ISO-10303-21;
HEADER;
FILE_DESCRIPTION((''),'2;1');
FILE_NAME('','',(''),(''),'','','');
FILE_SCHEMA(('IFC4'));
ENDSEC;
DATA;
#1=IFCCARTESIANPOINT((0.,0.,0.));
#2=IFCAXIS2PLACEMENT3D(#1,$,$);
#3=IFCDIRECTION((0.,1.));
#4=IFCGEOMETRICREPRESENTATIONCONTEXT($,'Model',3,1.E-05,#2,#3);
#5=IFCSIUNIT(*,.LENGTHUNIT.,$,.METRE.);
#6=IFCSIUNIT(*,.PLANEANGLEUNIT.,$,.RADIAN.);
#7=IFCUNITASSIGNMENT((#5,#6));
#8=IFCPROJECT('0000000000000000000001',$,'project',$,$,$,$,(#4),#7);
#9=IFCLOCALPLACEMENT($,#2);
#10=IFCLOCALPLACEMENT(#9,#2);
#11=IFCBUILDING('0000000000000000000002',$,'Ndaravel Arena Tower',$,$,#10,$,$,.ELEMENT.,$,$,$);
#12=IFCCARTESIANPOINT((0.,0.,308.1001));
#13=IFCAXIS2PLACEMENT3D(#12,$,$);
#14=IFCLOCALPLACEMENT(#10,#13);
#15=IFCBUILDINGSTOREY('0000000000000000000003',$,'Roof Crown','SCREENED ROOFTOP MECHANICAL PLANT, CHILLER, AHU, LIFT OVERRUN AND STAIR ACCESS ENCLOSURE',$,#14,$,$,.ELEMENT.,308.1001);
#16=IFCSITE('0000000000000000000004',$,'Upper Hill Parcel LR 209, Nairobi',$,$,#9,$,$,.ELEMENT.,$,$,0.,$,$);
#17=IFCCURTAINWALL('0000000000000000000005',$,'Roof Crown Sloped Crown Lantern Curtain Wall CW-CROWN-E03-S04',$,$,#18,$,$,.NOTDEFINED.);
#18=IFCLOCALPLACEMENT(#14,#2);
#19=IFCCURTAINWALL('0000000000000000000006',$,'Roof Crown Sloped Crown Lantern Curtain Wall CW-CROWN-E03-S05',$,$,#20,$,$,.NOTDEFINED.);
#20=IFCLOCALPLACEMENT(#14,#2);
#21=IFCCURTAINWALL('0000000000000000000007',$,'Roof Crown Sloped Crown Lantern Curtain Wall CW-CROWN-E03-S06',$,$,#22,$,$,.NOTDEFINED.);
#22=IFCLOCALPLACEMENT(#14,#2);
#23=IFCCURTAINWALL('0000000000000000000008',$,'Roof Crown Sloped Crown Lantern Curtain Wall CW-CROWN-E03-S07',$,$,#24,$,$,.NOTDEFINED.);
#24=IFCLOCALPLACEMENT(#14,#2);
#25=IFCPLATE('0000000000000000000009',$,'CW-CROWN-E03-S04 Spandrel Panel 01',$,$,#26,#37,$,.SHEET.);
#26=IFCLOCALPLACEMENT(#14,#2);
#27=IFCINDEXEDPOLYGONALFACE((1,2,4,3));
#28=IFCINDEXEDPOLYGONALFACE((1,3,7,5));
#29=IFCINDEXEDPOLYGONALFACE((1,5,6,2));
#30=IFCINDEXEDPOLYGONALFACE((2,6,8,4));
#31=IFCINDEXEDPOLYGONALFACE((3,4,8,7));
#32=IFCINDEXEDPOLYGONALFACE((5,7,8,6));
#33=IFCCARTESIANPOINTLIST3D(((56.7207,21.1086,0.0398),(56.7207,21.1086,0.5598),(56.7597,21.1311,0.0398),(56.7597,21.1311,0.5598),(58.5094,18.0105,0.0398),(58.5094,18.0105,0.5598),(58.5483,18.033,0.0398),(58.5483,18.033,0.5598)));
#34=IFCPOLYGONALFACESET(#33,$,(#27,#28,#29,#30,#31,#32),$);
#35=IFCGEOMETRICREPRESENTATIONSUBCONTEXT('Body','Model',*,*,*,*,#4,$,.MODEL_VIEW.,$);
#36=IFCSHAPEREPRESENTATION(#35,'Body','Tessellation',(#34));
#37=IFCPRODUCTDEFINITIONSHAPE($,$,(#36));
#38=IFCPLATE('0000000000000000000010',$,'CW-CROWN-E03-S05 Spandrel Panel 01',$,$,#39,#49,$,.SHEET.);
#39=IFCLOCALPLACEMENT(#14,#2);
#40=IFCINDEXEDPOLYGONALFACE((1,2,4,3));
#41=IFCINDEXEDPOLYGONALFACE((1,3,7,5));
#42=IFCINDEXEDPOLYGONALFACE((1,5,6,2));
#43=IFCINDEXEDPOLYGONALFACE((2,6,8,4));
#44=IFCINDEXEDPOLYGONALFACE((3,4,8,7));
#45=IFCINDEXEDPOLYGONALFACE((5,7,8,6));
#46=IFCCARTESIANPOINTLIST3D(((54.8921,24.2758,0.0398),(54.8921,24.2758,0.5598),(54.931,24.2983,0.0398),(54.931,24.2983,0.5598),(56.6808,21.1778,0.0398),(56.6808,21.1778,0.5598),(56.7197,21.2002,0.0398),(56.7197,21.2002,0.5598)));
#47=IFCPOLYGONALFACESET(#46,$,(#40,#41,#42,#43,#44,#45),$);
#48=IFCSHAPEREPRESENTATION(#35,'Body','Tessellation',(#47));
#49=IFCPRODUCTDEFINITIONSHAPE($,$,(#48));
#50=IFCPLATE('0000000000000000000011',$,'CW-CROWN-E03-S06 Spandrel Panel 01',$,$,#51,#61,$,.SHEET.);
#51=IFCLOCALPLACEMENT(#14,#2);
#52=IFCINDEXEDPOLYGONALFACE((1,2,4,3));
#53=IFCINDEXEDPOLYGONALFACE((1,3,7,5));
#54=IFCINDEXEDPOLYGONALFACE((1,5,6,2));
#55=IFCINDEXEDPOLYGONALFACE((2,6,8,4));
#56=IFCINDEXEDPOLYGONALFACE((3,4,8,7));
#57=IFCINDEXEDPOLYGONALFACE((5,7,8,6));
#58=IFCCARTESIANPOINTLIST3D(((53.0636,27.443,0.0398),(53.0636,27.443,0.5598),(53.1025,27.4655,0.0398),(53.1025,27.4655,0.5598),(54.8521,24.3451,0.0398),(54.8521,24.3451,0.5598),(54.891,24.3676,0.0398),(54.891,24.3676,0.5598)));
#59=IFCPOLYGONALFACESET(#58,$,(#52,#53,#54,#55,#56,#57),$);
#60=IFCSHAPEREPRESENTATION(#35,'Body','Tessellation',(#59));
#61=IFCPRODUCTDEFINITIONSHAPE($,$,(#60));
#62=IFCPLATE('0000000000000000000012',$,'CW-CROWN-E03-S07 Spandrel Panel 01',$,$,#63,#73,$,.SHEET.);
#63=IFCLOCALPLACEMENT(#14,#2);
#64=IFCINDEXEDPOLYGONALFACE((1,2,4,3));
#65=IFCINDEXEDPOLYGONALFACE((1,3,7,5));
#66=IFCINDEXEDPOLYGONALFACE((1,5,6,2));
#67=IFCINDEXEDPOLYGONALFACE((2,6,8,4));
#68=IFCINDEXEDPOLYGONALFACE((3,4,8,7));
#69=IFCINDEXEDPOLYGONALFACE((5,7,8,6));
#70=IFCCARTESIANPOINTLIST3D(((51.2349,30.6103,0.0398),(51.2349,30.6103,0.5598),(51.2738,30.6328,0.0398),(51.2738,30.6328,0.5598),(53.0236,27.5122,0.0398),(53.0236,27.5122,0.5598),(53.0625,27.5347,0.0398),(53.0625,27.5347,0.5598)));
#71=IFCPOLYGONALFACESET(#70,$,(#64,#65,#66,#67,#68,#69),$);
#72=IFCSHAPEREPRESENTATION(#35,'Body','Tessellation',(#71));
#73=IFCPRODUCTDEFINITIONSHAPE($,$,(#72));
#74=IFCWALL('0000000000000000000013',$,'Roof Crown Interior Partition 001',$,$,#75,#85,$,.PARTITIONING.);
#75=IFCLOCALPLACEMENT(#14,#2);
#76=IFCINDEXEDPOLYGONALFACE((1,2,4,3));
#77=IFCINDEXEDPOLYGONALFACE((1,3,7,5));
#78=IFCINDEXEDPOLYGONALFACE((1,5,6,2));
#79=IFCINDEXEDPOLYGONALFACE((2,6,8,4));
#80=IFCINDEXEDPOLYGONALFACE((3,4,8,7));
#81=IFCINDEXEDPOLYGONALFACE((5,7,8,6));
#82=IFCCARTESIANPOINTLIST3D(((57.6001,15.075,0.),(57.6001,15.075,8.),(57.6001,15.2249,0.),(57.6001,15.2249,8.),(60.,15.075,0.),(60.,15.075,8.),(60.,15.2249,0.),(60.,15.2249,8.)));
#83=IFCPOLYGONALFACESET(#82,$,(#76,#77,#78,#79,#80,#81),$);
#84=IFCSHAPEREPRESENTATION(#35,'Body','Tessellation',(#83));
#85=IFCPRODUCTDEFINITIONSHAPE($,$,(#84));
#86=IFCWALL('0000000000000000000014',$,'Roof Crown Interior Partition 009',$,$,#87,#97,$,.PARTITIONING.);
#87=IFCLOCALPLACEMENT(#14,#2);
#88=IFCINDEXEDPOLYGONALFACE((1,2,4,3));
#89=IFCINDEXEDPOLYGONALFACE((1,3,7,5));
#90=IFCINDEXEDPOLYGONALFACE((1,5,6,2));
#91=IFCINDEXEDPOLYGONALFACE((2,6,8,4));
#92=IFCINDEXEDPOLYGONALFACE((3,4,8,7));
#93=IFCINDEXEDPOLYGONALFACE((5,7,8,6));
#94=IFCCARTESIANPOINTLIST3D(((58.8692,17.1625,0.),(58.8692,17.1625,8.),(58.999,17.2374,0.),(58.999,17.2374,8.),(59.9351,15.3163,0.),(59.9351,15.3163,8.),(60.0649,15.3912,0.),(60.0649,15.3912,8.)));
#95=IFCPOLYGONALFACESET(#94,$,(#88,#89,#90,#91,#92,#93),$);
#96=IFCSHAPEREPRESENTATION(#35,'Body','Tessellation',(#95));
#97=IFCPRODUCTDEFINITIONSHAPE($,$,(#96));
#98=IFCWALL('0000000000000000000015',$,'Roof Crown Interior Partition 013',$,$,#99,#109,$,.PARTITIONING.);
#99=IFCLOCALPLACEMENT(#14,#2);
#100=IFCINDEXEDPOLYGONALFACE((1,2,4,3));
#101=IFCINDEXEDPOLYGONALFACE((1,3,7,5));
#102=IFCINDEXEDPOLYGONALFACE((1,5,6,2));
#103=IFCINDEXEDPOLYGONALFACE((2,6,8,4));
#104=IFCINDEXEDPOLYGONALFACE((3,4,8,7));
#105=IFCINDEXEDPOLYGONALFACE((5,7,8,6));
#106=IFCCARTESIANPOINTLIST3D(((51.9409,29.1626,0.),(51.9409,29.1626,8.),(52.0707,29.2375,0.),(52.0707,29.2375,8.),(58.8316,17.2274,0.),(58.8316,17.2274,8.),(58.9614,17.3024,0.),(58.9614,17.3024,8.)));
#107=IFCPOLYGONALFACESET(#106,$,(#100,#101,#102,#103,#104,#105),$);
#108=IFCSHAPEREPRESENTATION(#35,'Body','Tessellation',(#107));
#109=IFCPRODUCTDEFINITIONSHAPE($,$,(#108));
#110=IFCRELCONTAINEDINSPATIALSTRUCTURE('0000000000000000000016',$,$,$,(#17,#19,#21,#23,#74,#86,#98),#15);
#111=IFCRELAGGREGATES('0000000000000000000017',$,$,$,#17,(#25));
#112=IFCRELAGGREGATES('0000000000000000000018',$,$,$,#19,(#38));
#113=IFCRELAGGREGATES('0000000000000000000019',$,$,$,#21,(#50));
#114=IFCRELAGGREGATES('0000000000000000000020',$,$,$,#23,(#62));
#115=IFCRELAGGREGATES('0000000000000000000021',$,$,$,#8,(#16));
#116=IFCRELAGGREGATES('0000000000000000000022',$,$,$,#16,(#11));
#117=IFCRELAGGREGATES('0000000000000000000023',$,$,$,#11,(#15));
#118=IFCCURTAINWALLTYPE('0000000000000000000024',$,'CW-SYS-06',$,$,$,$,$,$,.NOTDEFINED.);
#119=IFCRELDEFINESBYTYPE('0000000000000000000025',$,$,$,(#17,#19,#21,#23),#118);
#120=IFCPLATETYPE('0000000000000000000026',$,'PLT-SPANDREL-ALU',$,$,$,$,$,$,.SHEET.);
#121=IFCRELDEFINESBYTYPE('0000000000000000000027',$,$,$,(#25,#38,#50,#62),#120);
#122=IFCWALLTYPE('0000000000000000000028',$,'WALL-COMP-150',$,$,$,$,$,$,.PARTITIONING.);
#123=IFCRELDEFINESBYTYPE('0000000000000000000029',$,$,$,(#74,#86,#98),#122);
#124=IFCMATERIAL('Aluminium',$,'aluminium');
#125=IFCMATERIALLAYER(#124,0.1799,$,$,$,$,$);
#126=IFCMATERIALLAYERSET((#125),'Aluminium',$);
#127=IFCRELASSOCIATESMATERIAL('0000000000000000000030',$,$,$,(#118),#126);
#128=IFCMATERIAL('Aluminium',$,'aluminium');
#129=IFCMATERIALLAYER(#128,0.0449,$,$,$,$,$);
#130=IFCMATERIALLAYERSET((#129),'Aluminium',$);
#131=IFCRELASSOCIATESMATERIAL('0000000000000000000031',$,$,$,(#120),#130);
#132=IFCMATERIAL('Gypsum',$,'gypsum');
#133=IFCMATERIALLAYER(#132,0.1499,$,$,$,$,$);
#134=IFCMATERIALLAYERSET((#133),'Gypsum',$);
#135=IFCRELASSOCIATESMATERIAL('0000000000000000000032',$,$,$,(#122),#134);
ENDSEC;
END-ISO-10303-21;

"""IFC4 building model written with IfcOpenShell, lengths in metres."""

from ifc_helpers import new_model, si_unit, direction, frame, frame_2d, origin, origin_2d, place, context, subcontext, project, spatial, rectangle, extrude, material, layer, layer_set, type_object, element, aggregate, save


model = new_model("IFC4")

# Units and contexts
model_context = context("Model", 3, precision=1e-05, world=origin(), true_north=direction((0.0, 1.0)))
body_context = subcontext(model_context, "Body", "Model", "MODEL_VIEW")
ifc_project = project(units=[si_unit("LENGTHUNIT", "METRE"), si_unit("PLANEANGLEUNIT", "RADIAN")], contexts=[model_context])

# Site, building, storey
site_placement = place(None, origin())
site = spatial("IfcSite", under=ifc_project, at=site_placement, Name="Upper Hill Parcel LR 209, Nairobi", CompositionType="ELEMENT", RefElevation=0.0)
building_placement = place(site_placement, origin())
building = spatial("IfcBuilding", under=site, at=building_placement, Name="Ndaravel Arena Tower", CompositionType="ELEMENT")
storey_placement = place(building_placement, frame((0.0, 0.0, 308.1001)))
storey = spatial("IfcBuildingStorey", under=building, at=storey_placement, Name="Roof Crown", Description="SCREENED ROOFTOP MECHANICAL PLANT, CHILLER, AHU, LIFT OVERRUN AND STAIR ACCESS ENCLOSURE", CompositionType="ELEMENT", Elevation=308.1001)

# Curtain walls
ifc_material_1 = material(Name="Aluminium", Category="aluminium")
ifc_layer_1 = layer(ifc_material_1, 0.1799)
ifc_layer_set_1 = layer_set([ifc_layer_1], Name="Aluminium")
curtain_wall_type = type_object("IfcCurtainWallType", Name="CW-SYS-06", PredefinedType="NOTDEFINED", material=ifc_layer_set_1)
curtain_wall_1_placement = place(storey_placement, origin())
curtain_wall_1 = element("IfcCurtainWall", 1, at=curtain_wall_1_placement, inside=storey, type_object=curtain_wall_type, Name="Roof Crown Sloped Crown Lantern Curtain Wall CW-CROWN-E03-S04", PredefinedType="NOTDEFINED")
curtain_wall_2_placement = place(storey_placement, origin())
curtain_wall_2 = element("IfcCurtainWall", 2, at=curtain_wall_2_placement, inside=storey, type_object=curtain_wall_type, Name="Roof Crown Sloped Crown Lantern Curtain Wall CW-CROWN-E03-S05", PredefinedType="NOTDEFINED")
curtain_wall_3_placement = place(storey_placement, origin())
curtain_wall_3 = element("IfcCurtainWall", 3, at=curtain_wall_3_placement, inside=storey, type_object=curtain_wall_type, Name="Roof Crown Sloped Crown Lantern Curtain Wall CW-CROWN-E03-S06", PredefinedType="NOTDEFINED")
curtain_wall_4_placement = place(storey_placement, origin())
curtain_wall_4 = element("IfcCurtainWall", 4, at=curtain_wall_4_placement, inside=storey, type_object=curtain_wall_type, Name="Roof Crown Sloped Crown Lantern Curtain Wall CW-CROWN-E03-S07", PredefinedType="NOTDEFINED")

# Plates
ifc_material_2 = material(Name="Aluminium", Category="aluminium")
ifc_layer_2 = layer(ifc_material_2, 0.0449)
ifc_layer_set_2 = layer_set([ifc_layer_2], Name="Aluminium")
plate_type_1 = type_object("IfcPlateType", Name="PLT-SPANDREL-ALU", PredefinedType="SHEET", material=ifc_layer_set_2)
plate_1_placement = place(storey_placement, frame((57.6345, 19.5708, 0.0398), z_axis=(0.0, 0.0, 1.0), x_axis=(-0.499985, 0.866034, 0.0)))
plate_1 = element("IfcPlate", 5, at=plate_1_placement, type_object=plate_type_1, Name="CW-CROWN-E03-S04 Spandrel Panel 01", PredefinedType="SHEET", context=body_context, shape_type="SweptSolid", body=[
    extrude(rectangle(XDim=3.5774, YDim=0.0449, at=origin_2d()), origin(), (0.0, 0.0, 1.0), 0.52),
])
aggregate(curtain_wall_1, [plate_1])
plate_2_placement = place(storey_placement, frame((55.8059, 22.738, 0.0398), z_axis=(0.0, 0.0, 1.0), x_axis=(-0.500015, 0.866017, 0.0)))
plate_2 = element("IfcPlate", 6, at=plate_2_placement, type_object=plate_type_1, Name="CW-CROWN-E03-S05 Spandrel Panel 01", PredefinedType="SHEET", context=body_context, shape_type="SweptSolid", body=[
    extrude(rectangle(XDim=3.5774, YDim=0.0449, at=origin_2d()), origin(), (0.0, 0.0, 1.0), 0.52),
])
aggregate(curtain_wall_2, [plate_2])
plate_3_placement = place(storey_placement, frame((53.9773, 25.9053, 0.0398), z_axis=(0.0, 0.0, 1.0), x_axis=(-0.5, 0.866025, 0.0)))
plate_3 = element("IfcPlate", 7, at=plate_3_placement, type_object=plate_type_1, Name="CW-CROWN-E03-S06 Spandrel Panel 01", PredefinedType="SHEET", context=body_context, shape_type="SweptSolid", body=[
    extrude(rectangle(XDim=3.5771, YDim=0.0449, at=origin_2d()), origin(), (0.0, 0.0, 1.0), 0.52),
])
aggregate(curtain_wall_3, [plate_3])
plate_4_placement = place(storey_placement, frame((52.1487, 29.0725, 0.0398), z_axis=(0.0, 0.0, 1.0), x_axis=(-0.500015, 0.866017, 0.0)))
plate_4 = element("IfcPlate", 8, at=plate_4_placement, type_object=plate_type_1, Name="CW-CROWN-E03-S07 Spandrel Panel 01", PredefinedType="SHEET", context=body_context, shape_type="SweptSolid", body=[
    extrude(rectangle(XDim=3.5774, YDim=0.0449, at=origin_2d()), origin(), (0.0, 0.0, 1.0), 0.52),
])
aggregate(curtain_wall_4, [plate_4])

# Walls
ifc_material_3 = material(Name="Gypsum", Category="gypsum")
ifc_layer_3 = layer(ifc_material_3, 0.1499)
ifc_layer_set_3 = layer_set([ifc_layer_3], Name="Gypsum")
wall_type = type_object("IfcWallType", Name="WALL-COMP-150", PredefinedType="PARTITIONING", material=ifc_layer_set_3)
wall_1_placement = place(storey_placement, frame((60.0, 15.1499, 0.0), z_axis=(0.0, 0.0, 1.0), x_axis=(-1.0, 0.0, 0.0)))
element("IfcWall", 9, at=wall_1_placement, inside=storey, type_object=wall_type, Name="Roof Crown Interior Partition 001", PredefinedType="PARTITIONING", context=body_context, shape_type="SweptSolid", body=[
    extrude(rectangle(XDim=2.3999, YDim=0.1499, at=frame_2d((1.2, 0.0))), origin(), (0.0, 0.0, 1.0), 8.0),
])
wall_2_placement = place(storey_placement, frame((58.9341, 17.2, 0.0), z_axis=(0.0, 0.0, 1.0), x_axis=(0.500007, -0.866022, 0.0)))
element("IfcWall", 10, at=wall_2_placement, inside=storey, type_object=wall_type, Name="Roof Crown Interior Partition 009", PredefinedType="PARTITIONING", context=body_context, shape_type="SweptSolid", body=[
    extrude(rectangle(XDim=2.1318, YDim=0.1499, at=frame_2d((1.0659, 0.0))), origin(), (0.0, 0.0, 1.0), 8.0),
])
wall_3_placement = place(storey_placement, frame((52.0059, 29.2, 0.0), z_axis=(0.0, 0.0, 1.0), x_axis=(0.499995, -0.866028, 0.0)))
element("IfcWall", 11, at=wall_3_placement, inside=storey, type_object=wall_type, Name="Roof Crown Interior Partition 013", PredefinedType="PARTITIONING", context=body_context, shape_type="SweptSolid", body=[
    extrude(rectangle(XDim=13.7815, YDim=0.1499, at=frame_2d((6.8906, 0.0))), origin(), (0.0, 0.0, 1.0), 8.0),
])

save(model, "model.ifc")
